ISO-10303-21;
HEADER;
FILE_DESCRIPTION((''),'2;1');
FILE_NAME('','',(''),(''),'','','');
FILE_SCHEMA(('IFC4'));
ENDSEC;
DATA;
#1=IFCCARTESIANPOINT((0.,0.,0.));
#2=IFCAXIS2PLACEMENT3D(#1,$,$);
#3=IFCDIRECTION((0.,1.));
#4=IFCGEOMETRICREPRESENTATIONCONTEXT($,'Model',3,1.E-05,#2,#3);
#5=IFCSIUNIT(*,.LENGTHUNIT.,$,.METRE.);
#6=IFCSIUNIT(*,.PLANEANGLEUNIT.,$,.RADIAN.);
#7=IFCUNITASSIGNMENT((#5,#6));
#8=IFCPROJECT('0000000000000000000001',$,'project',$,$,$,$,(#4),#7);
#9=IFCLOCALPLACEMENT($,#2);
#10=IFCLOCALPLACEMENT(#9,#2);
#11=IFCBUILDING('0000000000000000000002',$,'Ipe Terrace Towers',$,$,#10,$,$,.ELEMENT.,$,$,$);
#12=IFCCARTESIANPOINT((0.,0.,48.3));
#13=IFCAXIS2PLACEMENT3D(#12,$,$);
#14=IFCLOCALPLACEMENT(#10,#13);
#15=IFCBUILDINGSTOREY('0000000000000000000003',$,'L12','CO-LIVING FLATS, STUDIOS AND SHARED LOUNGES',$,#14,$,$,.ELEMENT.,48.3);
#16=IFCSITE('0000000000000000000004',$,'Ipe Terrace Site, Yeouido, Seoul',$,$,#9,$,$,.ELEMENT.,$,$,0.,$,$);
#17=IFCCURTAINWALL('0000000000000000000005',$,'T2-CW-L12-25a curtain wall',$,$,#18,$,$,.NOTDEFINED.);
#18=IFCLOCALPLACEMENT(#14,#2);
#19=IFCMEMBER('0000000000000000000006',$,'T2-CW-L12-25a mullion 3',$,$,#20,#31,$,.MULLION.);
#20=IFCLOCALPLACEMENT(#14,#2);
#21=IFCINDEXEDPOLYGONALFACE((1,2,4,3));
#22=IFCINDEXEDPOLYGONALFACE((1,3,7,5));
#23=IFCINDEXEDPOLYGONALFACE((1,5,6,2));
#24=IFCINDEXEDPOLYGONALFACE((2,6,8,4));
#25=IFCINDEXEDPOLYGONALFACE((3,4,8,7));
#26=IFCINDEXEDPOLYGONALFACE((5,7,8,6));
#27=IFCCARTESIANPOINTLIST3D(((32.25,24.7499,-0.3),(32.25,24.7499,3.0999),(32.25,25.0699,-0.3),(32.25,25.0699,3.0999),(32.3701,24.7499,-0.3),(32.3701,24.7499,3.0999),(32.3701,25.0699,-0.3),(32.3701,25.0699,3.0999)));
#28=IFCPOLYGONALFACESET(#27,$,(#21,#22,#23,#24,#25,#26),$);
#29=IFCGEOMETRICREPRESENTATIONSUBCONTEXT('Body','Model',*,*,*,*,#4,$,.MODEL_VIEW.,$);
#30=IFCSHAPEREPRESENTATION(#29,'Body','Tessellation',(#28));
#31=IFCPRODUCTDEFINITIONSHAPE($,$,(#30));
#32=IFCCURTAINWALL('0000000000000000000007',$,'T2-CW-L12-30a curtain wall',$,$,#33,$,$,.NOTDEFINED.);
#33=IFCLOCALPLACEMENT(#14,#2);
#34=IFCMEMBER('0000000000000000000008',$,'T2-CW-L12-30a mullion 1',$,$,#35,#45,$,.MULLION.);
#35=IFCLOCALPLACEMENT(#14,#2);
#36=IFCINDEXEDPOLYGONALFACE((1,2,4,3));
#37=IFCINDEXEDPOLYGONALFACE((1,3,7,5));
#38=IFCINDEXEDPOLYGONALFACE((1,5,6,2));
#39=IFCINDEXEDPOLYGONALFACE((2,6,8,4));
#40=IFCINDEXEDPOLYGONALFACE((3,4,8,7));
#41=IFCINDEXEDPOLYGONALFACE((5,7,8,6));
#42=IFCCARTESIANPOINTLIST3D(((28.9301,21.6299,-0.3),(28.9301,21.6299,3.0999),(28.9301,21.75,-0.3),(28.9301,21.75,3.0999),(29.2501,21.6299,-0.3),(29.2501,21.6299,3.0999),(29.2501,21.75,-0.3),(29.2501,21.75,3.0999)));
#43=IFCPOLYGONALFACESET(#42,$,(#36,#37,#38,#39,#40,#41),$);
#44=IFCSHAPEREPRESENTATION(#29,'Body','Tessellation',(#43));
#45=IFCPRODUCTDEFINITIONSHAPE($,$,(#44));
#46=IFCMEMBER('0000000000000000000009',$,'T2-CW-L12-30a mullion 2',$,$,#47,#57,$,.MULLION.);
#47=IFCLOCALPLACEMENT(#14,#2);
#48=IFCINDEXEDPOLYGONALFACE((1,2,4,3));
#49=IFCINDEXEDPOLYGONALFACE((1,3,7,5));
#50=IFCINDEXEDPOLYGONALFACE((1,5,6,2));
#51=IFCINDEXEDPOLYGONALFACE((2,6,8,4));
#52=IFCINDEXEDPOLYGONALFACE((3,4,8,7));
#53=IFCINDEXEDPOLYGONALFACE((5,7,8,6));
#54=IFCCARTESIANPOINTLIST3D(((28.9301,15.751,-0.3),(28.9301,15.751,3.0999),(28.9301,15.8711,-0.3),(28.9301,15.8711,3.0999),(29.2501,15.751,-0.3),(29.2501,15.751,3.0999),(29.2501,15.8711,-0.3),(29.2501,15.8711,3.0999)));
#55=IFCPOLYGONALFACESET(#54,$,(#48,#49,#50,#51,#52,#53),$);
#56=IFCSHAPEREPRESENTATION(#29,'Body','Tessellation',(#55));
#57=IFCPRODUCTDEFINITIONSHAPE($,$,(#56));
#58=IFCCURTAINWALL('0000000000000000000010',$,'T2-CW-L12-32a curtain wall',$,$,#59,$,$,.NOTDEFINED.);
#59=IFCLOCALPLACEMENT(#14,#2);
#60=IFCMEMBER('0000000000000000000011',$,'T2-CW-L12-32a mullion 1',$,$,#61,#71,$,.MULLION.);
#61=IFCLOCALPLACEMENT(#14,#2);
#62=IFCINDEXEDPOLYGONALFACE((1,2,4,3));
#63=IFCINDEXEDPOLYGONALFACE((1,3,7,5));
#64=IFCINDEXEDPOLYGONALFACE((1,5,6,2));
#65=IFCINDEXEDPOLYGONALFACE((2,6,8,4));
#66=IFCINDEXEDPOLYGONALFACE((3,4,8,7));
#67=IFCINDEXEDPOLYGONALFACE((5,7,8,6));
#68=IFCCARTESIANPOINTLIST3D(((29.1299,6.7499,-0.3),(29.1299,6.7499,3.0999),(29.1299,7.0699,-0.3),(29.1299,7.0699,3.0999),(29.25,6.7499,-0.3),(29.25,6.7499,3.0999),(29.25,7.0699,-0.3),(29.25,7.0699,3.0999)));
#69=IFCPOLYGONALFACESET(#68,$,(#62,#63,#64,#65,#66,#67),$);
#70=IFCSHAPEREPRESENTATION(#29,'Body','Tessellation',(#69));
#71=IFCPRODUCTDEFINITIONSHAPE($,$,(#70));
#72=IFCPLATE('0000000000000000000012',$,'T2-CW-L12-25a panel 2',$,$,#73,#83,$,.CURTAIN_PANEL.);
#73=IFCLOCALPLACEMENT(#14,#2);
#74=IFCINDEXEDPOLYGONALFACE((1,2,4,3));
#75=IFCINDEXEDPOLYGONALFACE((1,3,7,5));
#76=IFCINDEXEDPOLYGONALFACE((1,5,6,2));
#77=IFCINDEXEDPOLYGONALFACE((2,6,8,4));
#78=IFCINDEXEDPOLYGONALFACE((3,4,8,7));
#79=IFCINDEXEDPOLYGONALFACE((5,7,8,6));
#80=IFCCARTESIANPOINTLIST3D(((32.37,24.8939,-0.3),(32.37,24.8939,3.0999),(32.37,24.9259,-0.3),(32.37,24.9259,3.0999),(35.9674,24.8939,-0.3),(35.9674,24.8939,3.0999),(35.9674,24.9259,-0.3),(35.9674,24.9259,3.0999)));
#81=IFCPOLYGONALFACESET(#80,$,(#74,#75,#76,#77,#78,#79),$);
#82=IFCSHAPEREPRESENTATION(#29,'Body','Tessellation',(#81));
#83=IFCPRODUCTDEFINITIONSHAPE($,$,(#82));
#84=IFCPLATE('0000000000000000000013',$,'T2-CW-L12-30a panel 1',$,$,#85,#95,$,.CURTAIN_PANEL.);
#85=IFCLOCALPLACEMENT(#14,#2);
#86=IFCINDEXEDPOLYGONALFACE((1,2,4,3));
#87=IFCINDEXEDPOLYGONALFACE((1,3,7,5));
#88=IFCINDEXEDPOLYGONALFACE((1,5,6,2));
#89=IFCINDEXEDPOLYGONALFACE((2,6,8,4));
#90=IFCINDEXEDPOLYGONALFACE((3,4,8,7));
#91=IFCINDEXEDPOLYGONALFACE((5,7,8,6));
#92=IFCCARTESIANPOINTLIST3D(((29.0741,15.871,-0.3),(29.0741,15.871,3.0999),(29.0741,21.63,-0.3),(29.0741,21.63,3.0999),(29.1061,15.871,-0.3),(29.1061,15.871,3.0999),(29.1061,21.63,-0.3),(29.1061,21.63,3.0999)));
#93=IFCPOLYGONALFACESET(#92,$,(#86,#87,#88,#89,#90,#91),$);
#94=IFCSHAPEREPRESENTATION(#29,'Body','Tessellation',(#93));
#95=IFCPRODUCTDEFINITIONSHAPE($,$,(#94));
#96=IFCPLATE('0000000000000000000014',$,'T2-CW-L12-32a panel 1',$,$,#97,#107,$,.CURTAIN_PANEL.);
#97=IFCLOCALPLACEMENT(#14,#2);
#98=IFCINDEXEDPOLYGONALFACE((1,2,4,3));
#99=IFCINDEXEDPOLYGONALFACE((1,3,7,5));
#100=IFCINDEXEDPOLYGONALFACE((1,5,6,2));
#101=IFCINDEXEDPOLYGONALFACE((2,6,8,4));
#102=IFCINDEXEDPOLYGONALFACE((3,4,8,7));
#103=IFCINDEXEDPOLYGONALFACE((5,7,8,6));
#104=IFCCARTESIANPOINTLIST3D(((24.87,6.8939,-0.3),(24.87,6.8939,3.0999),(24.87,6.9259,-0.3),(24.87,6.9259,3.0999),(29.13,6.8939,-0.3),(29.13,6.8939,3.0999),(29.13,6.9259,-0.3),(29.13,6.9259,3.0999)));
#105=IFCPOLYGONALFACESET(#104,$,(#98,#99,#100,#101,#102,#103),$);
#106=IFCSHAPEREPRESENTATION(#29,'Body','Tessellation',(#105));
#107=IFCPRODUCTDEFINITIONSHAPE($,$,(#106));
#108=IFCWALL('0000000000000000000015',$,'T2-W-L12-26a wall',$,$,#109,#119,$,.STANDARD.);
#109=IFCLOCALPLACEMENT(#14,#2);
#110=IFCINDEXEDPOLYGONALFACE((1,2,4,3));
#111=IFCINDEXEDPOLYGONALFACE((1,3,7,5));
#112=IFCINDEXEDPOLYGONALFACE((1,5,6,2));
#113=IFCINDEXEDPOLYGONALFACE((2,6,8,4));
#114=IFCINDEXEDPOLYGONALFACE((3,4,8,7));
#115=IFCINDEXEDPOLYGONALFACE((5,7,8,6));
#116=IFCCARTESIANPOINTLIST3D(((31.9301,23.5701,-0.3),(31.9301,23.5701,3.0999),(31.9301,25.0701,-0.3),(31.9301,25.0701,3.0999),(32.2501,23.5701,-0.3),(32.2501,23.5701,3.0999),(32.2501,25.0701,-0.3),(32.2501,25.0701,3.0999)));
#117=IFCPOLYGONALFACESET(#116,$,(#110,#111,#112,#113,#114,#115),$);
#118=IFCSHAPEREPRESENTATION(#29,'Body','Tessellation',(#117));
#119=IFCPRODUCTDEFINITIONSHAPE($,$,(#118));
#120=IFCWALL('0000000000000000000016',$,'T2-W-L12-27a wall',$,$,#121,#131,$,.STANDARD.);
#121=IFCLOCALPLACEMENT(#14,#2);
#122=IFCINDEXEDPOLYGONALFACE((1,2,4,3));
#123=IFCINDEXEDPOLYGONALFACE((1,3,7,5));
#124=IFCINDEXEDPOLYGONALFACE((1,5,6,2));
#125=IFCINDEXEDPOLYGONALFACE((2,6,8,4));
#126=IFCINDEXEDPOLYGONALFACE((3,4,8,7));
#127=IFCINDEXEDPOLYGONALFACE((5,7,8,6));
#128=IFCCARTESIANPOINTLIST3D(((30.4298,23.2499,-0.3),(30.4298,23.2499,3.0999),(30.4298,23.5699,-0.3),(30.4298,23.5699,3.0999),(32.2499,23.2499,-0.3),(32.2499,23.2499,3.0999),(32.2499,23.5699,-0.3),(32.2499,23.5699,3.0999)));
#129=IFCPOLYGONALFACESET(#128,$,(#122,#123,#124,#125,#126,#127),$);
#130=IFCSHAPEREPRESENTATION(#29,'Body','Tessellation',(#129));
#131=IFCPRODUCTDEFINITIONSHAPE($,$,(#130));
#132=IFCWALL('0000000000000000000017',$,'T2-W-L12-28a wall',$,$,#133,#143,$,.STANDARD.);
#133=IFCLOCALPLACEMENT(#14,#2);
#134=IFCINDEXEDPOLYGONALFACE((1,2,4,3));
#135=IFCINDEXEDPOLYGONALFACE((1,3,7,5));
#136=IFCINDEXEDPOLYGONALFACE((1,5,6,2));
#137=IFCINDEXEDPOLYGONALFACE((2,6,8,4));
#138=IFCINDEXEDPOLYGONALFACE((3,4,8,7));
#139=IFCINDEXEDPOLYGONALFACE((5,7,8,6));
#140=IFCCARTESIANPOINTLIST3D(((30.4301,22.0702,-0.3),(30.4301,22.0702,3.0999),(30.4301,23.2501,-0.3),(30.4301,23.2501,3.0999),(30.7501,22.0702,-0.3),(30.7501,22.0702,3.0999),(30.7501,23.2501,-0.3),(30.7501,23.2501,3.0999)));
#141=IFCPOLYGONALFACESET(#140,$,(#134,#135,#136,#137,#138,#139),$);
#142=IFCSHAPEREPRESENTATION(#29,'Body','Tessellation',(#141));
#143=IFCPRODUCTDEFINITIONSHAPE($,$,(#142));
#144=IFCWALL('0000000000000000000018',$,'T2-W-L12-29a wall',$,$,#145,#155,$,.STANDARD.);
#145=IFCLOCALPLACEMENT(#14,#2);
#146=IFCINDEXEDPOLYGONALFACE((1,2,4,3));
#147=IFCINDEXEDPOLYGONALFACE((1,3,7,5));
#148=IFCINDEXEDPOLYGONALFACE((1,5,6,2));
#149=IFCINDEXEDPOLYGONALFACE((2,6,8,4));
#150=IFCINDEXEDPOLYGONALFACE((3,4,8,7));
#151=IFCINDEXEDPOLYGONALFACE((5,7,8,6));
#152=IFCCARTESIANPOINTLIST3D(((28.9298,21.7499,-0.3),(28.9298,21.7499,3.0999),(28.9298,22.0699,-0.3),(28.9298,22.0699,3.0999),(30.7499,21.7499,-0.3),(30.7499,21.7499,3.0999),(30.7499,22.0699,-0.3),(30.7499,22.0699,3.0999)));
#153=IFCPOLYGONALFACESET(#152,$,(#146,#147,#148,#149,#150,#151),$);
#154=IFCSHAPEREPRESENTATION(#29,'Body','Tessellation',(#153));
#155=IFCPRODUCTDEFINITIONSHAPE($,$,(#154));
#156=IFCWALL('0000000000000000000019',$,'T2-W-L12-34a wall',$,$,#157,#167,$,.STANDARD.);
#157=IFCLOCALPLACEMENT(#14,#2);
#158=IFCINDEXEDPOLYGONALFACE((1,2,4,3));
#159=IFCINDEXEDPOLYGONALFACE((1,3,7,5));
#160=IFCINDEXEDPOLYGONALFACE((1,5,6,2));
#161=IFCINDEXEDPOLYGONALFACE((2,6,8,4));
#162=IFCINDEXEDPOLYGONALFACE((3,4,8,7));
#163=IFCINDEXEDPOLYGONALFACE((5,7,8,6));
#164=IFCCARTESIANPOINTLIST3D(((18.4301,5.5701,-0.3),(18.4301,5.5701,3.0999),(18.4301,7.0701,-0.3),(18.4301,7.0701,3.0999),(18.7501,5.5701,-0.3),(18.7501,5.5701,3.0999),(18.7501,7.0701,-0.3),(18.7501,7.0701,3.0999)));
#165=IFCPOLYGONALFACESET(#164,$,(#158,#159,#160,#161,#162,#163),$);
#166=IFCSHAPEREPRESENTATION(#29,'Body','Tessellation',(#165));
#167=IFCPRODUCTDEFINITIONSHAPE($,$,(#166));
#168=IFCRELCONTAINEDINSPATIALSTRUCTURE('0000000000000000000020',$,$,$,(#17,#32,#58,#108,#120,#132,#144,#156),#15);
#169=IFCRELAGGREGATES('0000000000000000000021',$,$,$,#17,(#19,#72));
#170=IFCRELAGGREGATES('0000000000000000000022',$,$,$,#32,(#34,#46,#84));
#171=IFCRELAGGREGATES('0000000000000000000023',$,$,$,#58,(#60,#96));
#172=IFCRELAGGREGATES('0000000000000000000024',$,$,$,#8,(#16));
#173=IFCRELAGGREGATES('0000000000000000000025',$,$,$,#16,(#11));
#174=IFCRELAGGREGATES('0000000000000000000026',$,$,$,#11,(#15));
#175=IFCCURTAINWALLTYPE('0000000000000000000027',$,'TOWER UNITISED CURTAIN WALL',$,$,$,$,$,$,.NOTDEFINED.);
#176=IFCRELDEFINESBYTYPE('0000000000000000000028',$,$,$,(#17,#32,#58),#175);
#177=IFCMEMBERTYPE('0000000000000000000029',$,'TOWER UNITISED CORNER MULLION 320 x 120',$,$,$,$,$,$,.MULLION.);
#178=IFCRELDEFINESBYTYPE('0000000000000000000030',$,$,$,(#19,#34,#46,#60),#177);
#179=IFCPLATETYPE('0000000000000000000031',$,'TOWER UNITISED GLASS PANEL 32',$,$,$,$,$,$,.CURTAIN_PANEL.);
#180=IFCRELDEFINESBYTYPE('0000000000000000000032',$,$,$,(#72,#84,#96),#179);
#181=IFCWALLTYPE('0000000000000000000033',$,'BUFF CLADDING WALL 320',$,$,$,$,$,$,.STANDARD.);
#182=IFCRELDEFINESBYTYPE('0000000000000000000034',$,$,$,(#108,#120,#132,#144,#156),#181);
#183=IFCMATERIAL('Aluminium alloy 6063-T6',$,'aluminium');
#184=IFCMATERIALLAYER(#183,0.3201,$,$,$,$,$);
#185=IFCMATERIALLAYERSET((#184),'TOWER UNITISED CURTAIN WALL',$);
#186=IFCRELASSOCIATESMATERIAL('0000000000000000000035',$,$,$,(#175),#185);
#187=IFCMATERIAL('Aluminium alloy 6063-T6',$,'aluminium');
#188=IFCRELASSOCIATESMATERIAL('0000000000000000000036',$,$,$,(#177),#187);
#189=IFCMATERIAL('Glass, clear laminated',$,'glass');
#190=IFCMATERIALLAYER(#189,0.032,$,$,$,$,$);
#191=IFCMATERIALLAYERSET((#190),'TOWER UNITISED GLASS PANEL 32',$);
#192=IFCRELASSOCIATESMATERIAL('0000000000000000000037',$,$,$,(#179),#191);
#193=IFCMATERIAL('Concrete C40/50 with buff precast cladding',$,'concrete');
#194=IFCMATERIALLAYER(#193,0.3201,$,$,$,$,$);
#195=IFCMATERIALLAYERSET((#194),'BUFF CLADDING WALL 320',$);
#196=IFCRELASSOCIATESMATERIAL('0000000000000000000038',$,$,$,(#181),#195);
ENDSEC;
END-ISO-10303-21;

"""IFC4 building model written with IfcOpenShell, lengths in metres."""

from ifc_helpers import new_model, si_unit, direction, frame, frame_2d, origin, origin_2d, place, context, subcontext, project, spatial, rectangle, extrude, material, layer, layer_set, material_profile, profile_set, type_object, element, aggregate, save


model = new_model("IFC4")

# Units and contexts
model_context = context("Model", 3, precision=1e-05, world=origin(), true_north=direction((0.0, 1.0)))
body_context = subcontext(model_context, "Body", "Model", "MODEL_VIEW")
ifc_project = project(units=[si_unit("LENGTHUNIT", "METRE"), si_unit("PLANEANGLEUNIT", "RADIAN")], contexts=[model_context])

# Site, building, storey
site_placement = place(None, origin())
site = spatial("IfcSite", under=ifc_project, at=site_placement, Name="Ipe Terrace Site, Yeouido, Seoul", CompositionType="ELEMENT", RefElevation=0.0)
building_placement = place(site_placement, origin())
building = spatial("IfcBuilding", under=site, at=building_placement, Name="Ipe Terrace Towers", CompositionType="ELEMENT")
storey_placement = place(building_placement, frame((0.0, 0.0, 48.3)))
storey = spatial("IfcBuildingStorey", under=building, at=storey_placement, Name="L12", Description="CO-LIVING FLATS, STUDIOS AND SHARED LOUNGES", CompositionType="ELEMENT", Elevation=48.3)

# Curtain wall, member
ifc_material_1 = material(Name="Aluminium alloy 6063-T6", Category="aluminium")
ifc_layer_1 = layer(ifc_material_1, 0.3201)
ifc_layer_set_1 = layer_set([ifc_layer_1], Name="TOWER UNITISED CURTAIN WALL")
curtain_wall_type = type_object("IfcCurtainWallType", Name="TOWER UNITISED CURTAIN WALL", PredefinedType="NOTDEFINED", material=ifc_layer_set_1)
curtain_wall_1_placement = place(storey_placement, origin())
curtain_wall_1 = element("IfcCurtainWall", 1, at=curtain_wall_1_placement, inside=storey, type_object=curtain_wall_type, Name="T2-CW-L12-25a curtain wall", PredefinedType="NOTDEFINED")
ifc_material_2 = material(Name="Aluminium alloy 6063-T6", Category="aluminium")
ifc_material_profile_1 = material_profile(ifc_material_2, rectangle(XDim=0.3201, YDim=0.1201, at=origin_2d()), Name="TOWER UNITISED CORNER MULLION 320 x 120")
ifc_profile_set_1 = profile_set([ifc_material_profile_1], Name="Aluminium alloy 6063-T6")
member_type = type_object("IfcMemberType", Name="TOWER UNITISED CORNER MULLION 320 x 120", PredefinedType="MULLION", material=ifc_profile_set_1)
member_1_placement = place(storey_placement, frame((32.3101, 24.9099, -0.3), z_axis=(0.0, 0.0, 1.0), x_axis=(0.0, 1.0, 0.0)))
member_1 = element("IfcMember", 2, at=member_1_placement, type_object=member_type, Name="T2-CW-L12-25a mullion 3", PredefinedType="MULLION", context=body_context, shape_type="SweptSolid", body=[
    extrude(rectangle(XDim=0.3201, YDim=0.1201, at=origin_2d()), origin(), (0.0, 0.0, 1.0), 3.3999),
])

# Curtain wall, members
curtain_wall_2_placement = place(storey_placement, origin())
curtain_wall_2 = element("IfcCurtainWall", 3, at=curtain_wall_2_placement, inside=storey, type_object=curtain_wall_type, Name="T2-CW-L12-30a curtain wall", PredefinedType="NOTDEFINED")
member_2_placement = place(storey_placement, frame((29.0901, 21.6899, -0.3), z_axis=(0.0, 0.0, 1.0), x_axis=(-1.0, 0.0, 0.0)))
member_2 = element("IfcMember", 4, at=member_2_placement, type_object=member_type, Name="T2-CW-L12-30a mullion 1", PredefinedType="MULLION", context=body_context, shape_type="SweptSolid", body=[
    extrude(rectangle(XDim=0.3201, YDim=0.1201, at=origin_2d()), origin(), (0.0, 0.0, 1.0), 3.3999),
])
member_3_placement = place(storey_placement, frame((29.0901, 15.811, -0.3), z_axis=(0.0, 0.0, 1.0), x_axis=(-1.0, 0.0, 0.0)))
member_3 = element("IfcMember", 5, at=member_3_placement, type_object=member_type, Name="T2-CW-L12-30a mullion 2", PredefinedType="MULLION", context=body_context, shape_type="SweptSolid", body=[
    extrude(rectangle(XDim=0.3201, YDim=0.1201, at=origin_2d()), origin(), (0.0, 0.0, 1.0), 3.3999),
])

# Curtain wall, member
curtain_wall_3_placement = place(storey_placement, origin())
curtain_wall_3 = element("IfcCurtainWall", 6, at=curtain_wall_3_placement, inside=storey, type_object=curtain_wall_type, Name="T2-CW-L12-32a curtain wall", PredefinedType="NOTDEFINED")
member_4_placement = place(storey_placement, frame((29.1899, 6.9099, -0.3), z_axis=(0.0, 0.0, 1.0), x_axis=(0.0, 1.0, 0.0)))
member_4 = element("IfcMember", 7, at=member_4_placement, type_object=member_type, Name="T2-CW-L12-32a mullion 1", PredefinedType="MULLION", context=body_context, shape_type="SweptSolid", body=[
    extrude(rectangle(XDim=0.3201, YDim=0.1201, at=origin_2d()), origin(), (0.0, 0.0, 1.0), 3.3999),
])

# Plates
ifc_material_3 = material(Name="Glass, clear laminated", Category="glass")
ifc_layer_2 = layer(ifc_material_3, 0.032)
ifc_layer_set_2 = layer_set([ifc_layer_2], Name="TOWER UNITISED GLASS PANEL 32")
plate_type = type_object("IfcPlateType", Name="TOWER UNITISED GLASS PANEL 32", PredefinedType="CURTAIN_PANEL", material=ifc_layer_set_2)
plate_1_placement = place(storey_placement, frame((34.1687, 24.9099, -0.3), z_axis=(0.0, 0.0, 1.0), x_axis=(-1.0, 0.0, 0.0)))
plate_1 = element("IfcPlate", 8, at=plate_1_placement, type_object=plate_type, Name="T2-CW-L12-25a panel 2", PredefinedType="CURTAIN_PANEL", context=body_context, shape_type="SweptSolid", body=[
    extrude(rectangle(XDim=3.5974, YDim=0.032, at=origin_2d()), origin(), (0.0, 0.0, 1.0), 3.3999),
])
aggregate(curtain_wall_1, [member_1, plate_1])
plate_2_placement = place(storey_placement, frame((29.0901, 18.7505, -0.3), z_axis=(0.0, 0.0, 1.0), x_axis=(0.0, -1.0, 0.0)))
plate_2 = element("IfcPlate", 9, at=plate_2_placement, type_object=plate_type, Name="T2-CW-L12-30a panel 1", PredefinedType="CURTAIN_PANEL", context=body_context, shape_type="SweptSolid", body=[
    extrude(rectangle(XDim=5.759, YDim=0.032, at=origin_2d()), origin(), (0.0, 0.0, 1.0), 3.3999),
])
aggregate(curtain_wall_2, [member_2, member_3, plate_2])
plate_3_placement = place(storey_placement, frame((27.0, 6.9099, -0.3), z_axis=(0.0, 0.0, 1.0), x_axis=(-1.0, 0.0, 0.0)))
plate_3 = element("IfcPlate", 10, at=plate_3_placement, type_object=plate_type, Name="T2-CW-L12-32a panel 1", PredefinedType="CURTAIN_PANEL", context=body_context, shape_type="SweptSolid", body=[
    extrude(rectangle(XDim=4.26, YDim=0.032, at=origin_2d()), origin(), (0.0, 0.0, 1.0), 3.3999),
])
aggregate(curtain_wall_3, [member_4, plate_3])

# Walls
ifc_material_4 = material(Name="Concrete C40/50 with buff precast cladding", Category="concrete")
ifc_layer_3 = layer(ifc_material_4, 0.3201)
ifc_layer_set_3 = layer_set([ifc_layer_3], Name="BUFF CLADDING WALL 320")
wall_type_1 = type_object("IfcWallType", Name="BUFF CLADDING WALL 320", PredefinedType="STANDARD", material=ifc_layer_set_3)
wall_1_placement = place(storey_placement, frame((32.0901, 25.0701, -0.3), z_axis=(0.0, 0.0, 1.0), x_axis=(0.0, -1.0, 0.0)))
element("IfcWall", 11, at=wall_1_placement, inside=storey, type_object=wall_type_1, Name="T2-W-L12-26a wall", PredefinedType="STANDARD", context=body_context, shape_type="SweptSolid", body=[
    extrude(rectangle(XDim=1.5, YDim=0.3201, at=frame_2d((0.75, 0.0))), origin(), (0.0, 0.0, 1.0), 3.3999),
])
wall_2_placement = place(storey_placement, frame((32.25, 23.4099, -0.3), z_axis=(0.0, 0.0, 1.0), x_axis=(-1.0, 0.0, 0.0)))
element("IfcWall", 12, at=wall_2_placement, inside=storey, type_object=wall_type_1, Name="T2-W-L12-27a wall", PredefinedType="STANDARD", context=body_context, shape_type="SweptSolid", body=[
    extrude(rectangle(XDim=1.8201, YDim=0.3201, at=frame_2d((0.9102, 0.0))), origin(), (0.0, 0.0, 1.0), 3.3999),
])
wall_3_placement = place(storey_placement, frame((30.5901, 23.25, -0.3), z_axis=(0.0, 0.0, 1.0), x_axis=(0.0, -1.0, 0.0)))
element("IfcWall", 13, at=wall_3_placement, inside=storey, type_object=wall_type_1, Name="T2-W-L12-28a wall", PredefinedType="STANDARD", context=body_context, shape_type="SweptSolid", body=[
    extrude(rectangle(XDim=1.1799, YDim=0.3201, at=frame_2d((0.5898, 0.0))), origin(), (0.0, 0.0, 1.0), 3.3999),
])
wall_4_placement = place(storey_placement, frame((30.75, 21.9099, -0.3), z_axis=(0.0, 0.0, 1.0), x_axis=(-1.0, 0.0, 0.0)))
element("IfcWall", 14, at=wall_4_placement, inside=storey, type_object=wall_type_1, Name="T2-W-L12-29a wall", PredefinedType="STANDARD", context=body_context, shape_type="SweptSolid", body=[
    extrude(rectangle(XDim=1.8201, YDim=0.3201, at=frame_2d((0.9102, 0.0))), origin(), (0.0, 0.0, 1.0), 3.3999),
])
wall_5_placement = place(storey_placement, frame((18.5901, 7.0701, -0.3), z_axis=(0.0, 0.0, 1.0), x_axis=(0.0, -1.0, 0.0)))
element("IfcWall", 15, at=wall_5_placement, inside=storey, type_object=wall_type_1, Name="T2-W-L12-34a wall", PredefinedType="STANDARD", context=body_context, shape_type="SweptSolid", body=[
    extrude(rectangle(XDim=1.5, YDim=0.3201, at=frame_2d((0.75, 0.0))), origin(), (0.0, 0.0, 1.0), 3.3999),
])

save(model, "model.ifc")
